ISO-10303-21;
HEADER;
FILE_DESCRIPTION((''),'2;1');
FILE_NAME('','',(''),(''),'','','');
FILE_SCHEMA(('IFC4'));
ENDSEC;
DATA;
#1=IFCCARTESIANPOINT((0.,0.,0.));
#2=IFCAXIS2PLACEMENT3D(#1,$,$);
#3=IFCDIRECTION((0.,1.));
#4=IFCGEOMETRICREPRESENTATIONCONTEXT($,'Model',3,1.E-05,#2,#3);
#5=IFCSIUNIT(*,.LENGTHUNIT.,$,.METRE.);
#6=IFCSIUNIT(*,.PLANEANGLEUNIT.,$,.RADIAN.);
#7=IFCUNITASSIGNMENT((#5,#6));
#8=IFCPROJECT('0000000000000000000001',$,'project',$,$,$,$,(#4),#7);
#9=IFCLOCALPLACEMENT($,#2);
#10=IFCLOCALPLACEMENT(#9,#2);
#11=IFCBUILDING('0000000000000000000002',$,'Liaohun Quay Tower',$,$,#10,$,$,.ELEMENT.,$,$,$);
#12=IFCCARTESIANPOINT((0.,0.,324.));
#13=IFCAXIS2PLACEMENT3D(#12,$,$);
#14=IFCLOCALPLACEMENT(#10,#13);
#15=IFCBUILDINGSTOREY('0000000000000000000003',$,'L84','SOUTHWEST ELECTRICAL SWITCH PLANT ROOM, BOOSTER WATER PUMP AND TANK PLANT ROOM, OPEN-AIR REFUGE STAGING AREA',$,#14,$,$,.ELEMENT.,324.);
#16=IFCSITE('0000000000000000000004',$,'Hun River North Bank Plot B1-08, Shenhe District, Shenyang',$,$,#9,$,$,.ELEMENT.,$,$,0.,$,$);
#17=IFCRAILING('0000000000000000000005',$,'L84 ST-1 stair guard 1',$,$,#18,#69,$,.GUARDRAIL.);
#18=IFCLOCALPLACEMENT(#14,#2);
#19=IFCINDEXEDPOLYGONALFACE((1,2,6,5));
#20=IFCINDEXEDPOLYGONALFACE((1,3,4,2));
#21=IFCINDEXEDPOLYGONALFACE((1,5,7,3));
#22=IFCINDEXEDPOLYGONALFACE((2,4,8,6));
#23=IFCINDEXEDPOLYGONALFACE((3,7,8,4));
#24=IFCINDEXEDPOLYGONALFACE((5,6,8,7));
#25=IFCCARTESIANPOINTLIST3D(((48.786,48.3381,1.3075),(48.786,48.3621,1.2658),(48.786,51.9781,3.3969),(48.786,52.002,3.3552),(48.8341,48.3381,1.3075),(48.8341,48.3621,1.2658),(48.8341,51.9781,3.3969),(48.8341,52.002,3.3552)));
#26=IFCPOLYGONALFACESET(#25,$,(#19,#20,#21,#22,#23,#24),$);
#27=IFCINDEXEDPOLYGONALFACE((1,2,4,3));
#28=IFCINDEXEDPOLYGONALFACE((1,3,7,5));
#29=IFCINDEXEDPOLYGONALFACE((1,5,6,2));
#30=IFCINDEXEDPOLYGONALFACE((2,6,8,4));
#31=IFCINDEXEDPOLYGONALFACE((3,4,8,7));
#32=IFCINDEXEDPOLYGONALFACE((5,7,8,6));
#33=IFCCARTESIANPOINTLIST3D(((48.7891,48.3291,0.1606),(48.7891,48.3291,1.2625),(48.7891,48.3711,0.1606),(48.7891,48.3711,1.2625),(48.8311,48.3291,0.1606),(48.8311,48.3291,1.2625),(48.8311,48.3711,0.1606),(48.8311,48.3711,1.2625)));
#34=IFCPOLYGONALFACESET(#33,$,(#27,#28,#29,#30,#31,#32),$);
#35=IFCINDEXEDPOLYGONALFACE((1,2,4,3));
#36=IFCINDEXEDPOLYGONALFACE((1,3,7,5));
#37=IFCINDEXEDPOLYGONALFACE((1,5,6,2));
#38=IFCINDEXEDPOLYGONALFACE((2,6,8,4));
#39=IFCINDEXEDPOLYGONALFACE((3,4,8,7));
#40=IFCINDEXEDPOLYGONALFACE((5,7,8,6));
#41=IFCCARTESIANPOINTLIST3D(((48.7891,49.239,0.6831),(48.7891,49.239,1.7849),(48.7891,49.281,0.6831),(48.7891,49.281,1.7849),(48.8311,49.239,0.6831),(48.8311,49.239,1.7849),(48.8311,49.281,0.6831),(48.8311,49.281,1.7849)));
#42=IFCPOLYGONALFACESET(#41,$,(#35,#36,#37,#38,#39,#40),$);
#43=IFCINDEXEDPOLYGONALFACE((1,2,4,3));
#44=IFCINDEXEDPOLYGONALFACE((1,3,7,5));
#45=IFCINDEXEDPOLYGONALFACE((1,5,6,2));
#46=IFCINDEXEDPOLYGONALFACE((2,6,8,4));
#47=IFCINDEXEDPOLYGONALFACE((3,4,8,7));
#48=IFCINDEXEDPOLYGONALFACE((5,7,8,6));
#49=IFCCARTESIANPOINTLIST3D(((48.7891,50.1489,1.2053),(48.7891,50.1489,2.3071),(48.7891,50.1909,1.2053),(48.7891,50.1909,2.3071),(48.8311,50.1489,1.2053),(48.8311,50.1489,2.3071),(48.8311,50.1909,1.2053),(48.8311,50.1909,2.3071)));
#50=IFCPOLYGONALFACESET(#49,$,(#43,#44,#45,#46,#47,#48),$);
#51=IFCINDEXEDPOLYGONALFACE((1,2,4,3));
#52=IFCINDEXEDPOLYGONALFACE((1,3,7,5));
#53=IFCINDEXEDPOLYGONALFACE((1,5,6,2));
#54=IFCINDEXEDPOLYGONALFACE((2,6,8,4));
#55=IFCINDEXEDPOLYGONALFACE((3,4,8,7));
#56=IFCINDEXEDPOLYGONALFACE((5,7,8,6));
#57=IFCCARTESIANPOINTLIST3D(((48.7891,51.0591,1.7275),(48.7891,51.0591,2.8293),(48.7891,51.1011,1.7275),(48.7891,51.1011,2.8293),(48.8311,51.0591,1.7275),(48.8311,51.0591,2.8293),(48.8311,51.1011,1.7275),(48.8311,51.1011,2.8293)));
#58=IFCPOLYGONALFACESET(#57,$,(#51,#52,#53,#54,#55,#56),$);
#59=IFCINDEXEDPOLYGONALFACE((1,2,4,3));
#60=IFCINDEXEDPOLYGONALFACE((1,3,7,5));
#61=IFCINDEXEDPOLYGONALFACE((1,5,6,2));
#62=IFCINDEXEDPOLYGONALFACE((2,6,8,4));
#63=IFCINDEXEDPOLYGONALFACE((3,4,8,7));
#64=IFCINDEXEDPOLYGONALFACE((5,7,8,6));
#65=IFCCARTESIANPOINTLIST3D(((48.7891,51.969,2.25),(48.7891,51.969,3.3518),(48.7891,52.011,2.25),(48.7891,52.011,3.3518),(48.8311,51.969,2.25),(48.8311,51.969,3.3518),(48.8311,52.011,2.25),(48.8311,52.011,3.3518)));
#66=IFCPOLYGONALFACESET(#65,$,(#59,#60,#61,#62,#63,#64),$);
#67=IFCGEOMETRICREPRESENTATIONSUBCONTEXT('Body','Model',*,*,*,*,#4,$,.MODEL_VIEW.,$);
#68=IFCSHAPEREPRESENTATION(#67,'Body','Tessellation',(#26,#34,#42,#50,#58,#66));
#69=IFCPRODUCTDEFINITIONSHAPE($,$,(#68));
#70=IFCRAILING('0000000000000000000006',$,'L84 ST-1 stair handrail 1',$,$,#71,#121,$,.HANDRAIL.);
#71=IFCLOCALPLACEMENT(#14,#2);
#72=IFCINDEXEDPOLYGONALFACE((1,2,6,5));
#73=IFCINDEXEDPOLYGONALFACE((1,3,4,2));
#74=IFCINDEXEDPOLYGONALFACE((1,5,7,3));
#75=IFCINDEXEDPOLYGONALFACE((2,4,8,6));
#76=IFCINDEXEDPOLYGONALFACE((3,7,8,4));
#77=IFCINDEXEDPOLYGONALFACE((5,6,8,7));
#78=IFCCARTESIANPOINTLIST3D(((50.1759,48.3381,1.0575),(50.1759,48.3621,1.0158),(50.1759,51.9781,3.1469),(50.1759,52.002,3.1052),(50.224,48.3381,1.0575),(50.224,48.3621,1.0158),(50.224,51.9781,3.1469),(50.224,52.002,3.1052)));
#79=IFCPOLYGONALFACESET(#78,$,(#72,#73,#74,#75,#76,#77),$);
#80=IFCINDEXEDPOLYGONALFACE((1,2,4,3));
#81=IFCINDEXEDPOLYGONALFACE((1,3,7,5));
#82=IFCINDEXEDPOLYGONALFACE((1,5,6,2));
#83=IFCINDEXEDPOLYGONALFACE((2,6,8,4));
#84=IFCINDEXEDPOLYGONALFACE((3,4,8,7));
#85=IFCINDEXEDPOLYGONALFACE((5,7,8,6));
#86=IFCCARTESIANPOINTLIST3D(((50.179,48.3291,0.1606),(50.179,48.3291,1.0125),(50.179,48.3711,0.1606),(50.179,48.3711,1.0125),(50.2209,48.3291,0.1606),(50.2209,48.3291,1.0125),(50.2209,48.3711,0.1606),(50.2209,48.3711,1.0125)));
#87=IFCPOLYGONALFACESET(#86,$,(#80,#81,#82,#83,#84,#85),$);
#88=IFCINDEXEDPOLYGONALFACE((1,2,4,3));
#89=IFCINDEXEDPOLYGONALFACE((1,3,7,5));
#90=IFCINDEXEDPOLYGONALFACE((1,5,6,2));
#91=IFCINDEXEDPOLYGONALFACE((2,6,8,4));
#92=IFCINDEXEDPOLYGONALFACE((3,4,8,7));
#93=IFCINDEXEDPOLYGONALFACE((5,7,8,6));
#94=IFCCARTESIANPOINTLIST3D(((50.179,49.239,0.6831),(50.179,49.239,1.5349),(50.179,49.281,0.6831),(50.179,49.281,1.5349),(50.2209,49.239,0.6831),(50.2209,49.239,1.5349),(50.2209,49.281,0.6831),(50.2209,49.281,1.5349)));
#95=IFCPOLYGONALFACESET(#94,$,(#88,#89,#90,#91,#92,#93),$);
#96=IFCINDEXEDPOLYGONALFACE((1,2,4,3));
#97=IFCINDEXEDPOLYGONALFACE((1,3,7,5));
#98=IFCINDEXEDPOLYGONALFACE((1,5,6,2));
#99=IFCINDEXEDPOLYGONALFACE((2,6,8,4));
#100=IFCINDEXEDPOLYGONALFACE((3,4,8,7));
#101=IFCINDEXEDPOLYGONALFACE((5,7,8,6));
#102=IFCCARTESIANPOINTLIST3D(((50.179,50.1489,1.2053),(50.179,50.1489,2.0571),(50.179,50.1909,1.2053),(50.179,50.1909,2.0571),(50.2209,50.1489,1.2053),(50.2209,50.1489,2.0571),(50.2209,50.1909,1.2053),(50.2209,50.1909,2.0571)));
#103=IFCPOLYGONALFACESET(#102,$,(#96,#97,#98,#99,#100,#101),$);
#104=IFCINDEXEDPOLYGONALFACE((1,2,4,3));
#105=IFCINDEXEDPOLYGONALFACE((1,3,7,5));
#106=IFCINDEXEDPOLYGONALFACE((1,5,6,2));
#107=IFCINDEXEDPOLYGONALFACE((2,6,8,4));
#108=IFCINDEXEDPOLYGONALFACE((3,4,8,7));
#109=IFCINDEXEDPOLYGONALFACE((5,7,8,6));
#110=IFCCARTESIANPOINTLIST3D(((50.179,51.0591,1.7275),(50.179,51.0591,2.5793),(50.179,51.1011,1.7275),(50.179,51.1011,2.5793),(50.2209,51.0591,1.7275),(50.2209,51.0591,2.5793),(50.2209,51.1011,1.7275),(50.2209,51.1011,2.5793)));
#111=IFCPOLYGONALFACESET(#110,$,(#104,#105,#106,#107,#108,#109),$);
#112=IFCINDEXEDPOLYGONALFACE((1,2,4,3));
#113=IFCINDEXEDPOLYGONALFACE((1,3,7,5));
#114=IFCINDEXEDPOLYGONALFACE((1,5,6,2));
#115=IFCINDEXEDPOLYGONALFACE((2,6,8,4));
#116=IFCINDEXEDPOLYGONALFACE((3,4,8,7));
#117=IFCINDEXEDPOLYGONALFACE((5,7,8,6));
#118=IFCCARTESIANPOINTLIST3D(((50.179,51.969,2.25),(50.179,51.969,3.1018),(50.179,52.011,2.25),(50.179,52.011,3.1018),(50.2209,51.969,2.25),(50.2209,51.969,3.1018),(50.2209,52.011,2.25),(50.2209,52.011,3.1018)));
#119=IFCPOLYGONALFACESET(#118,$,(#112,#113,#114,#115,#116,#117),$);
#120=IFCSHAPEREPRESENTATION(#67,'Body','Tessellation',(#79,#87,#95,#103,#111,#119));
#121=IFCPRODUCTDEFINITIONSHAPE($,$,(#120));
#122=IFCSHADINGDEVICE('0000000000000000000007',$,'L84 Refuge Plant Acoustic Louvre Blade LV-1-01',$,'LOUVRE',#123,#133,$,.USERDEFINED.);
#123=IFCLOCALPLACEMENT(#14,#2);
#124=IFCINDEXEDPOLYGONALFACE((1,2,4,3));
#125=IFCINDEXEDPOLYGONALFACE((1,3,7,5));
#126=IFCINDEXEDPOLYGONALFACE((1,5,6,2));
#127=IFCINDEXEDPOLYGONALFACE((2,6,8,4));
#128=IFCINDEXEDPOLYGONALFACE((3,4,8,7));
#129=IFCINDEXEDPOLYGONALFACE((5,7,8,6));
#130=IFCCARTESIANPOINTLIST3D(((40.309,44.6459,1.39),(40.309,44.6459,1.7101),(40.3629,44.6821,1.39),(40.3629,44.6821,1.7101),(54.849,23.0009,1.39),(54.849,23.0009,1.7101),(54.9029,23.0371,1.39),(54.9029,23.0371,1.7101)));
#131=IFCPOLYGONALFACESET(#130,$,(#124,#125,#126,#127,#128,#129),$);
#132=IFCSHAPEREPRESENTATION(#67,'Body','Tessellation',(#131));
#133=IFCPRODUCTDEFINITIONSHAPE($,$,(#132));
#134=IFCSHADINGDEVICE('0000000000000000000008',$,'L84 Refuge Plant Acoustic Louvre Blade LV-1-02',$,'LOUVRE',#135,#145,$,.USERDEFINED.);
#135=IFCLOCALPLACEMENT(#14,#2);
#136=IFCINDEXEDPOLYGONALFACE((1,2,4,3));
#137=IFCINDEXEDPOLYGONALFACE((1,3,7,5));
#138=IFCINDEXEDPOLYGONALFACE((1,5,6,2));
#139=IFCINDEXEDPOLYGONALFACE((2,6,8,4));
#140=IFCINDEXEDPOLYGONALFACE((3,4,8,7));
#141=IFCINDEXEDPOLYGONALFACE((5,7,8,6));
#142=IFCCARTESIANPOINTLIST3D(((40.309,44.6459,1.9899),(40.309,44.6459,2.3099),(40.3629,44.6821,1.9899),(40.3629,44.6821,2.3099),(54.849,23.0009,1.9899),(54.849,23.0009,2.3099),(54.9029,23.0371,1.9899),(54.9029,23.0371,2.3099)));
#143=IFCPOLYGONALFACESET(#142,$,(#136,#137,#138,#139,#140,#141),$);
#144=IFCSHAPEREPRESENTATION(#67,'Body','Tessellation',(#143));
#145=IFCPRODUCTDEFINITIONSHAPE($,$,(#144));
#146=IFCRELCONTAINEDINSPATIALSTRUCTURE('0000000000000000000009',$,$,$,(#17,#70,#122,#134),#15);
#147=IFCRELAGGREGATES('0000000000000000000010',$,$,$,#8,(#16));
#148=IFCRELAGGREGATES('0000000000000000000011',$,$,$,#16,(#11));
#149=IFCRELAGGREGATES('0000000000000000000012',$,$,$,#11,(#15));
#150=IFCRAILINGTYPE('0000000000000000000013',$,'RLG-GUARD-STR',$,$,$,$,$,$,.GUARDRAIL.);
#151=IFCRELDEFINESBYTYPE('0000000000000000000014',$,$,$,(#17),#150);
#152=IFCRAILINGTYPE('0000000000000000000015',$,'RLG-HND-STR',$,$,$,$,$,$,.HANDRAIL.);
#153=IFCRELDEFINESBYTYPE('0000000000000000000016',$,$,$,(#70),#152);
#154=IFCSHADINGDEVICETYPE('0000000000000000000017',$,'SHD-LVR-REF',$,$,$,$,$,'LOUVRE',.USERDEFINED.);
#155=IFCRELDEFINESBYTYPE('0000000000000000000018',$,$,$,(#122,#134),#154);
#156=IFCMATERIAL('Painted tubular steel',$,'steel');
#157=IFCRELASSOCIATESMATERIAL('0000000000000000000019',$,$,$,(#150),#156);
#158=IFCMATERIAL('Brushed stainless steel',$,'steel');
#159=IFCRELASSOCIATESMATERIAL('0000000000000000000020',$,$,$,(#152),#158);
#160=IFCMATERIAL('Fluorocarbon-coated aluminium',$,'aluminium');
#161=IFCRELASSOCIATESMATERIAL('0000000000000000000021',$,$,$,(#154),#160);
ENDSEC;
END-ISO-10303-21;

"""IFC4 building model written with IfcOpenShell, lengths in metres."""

from ifc_helpers import new_model, si_unit, direction, frame, origin, origin_2d, place, context, subcontext, project, spatial, rectangle, extrude, source, transform, mapped, material, material_profile, profile_set, type_object, element, save


model = new_model("IFC4")

# Units and contexts
model_context = context("Model", 3, precision=1e-05, world=origin(), true_north=direction((0.0, 1.0)))
body_context = subcontext(model_context, "Body", "Model", "MODEL_VIEW")
ifc_project = project(units=[si_unit("LENGTHUNIT", "METRE"), si_unit("PLANEANGLEUNIT", "RADIAN")], contexts=[model_context])

# Site, building, storey
site_placement = place(None, origin())
site = spatial("IfcSite", under=ifc_project, at=site_placement, Name="Hun River North Bank Plot B1-08, Shenhe District, Shenyang", CompositionType="ELEMENT", RefElevation=0.0)
building_placement = place(site_placement, origin())
building = spatial("IfcBuilding", under=site, at=building_placement, Name="Liaohun Quay Tower", CompositionType="ELEMENT")
storey_placement = place(building_placement, frame((0.0, 0.0, 324.0)))
storey = spatial("IfcBuildingStorey", under=building, at=storey_placement, Name="L84", Description="SOUTHWEST ELECTRICAL SWITCH PLANT ROOM, BOOSTER WATER PUMP AND TANK PLANT ROOM, OPEN-AIR REFUGE STAGING AREA", CompositionType="ELEMENT", Elevation=324.0)

# Railings
ifc_material_1 = material(Name="Painted tubular steel", Category="steel")
railing_type_1 = type_object("IfcRailingType", Name="RLG-GUARD-STR", PredefinedType="GUARDRAIL", material=ifc_material_1)
railing_1_placement = place(storey_placement, frame((48.8101, 48.3501, 0.1606)))
element("IfcRailing", 1, at=railing_1_placement, inside=storey, type_object=railing_type_1, Name="L84 ST-1 stair guard 1", PredefinedType="GUARDRAIL", context=body_context, shape_type="SweptSolid", body=[
    extrude(rectangle(XDim=0.0481, YDim=0.0481, at=origin_2d()), frame((0.0, 0.0, 1.126), z_axis=(0.0, 0.867275, 0.497829), x_axis=(-1.0, 0.0, 0.0)), (0.0, 0.0, 1.0), 4.197),
    extrude(rectangle(XDim=0.042, YDim=0.042, at=origin_2d()), origin(), (0.0, 0.0, 1.0), 1.1018),
    extrude(rectangle(XDim=0.042, YDim=0.042, at=origin_2d()), frame((0.0, 0.9099, 0.5225)), (0.0, 0.0, 1.0), 1.1018),
    extrude(rectangle(XDim=0.042, YDim=0.042, at=origin_2d()), frame((0.0, 1.8198, 1.0447)), (0.0, 0.0, 1.0), 1.1018),
    extrude(rectangle(XDim=0.042, YDim=0.042, at=origin_2d()), frame((0.0, 2.73, 1.5669)), (0.0, 0.0, 1.0), 1.1018),
    extrude(rectangle(XDim=0.042, YDim=0.042, at=origin_2d()), frame((0.0, 3.6399, 2.0894)), (0.0, 0.0, 1.0), 1.1018),
])
ifc_material_2 = material(Name="Brushed stainless steel", Category="steel")
railing_type_2 = type_object("IfcRailingType", Name="RLG-HND-STR", PredefinedType="HANDRAIL", material=ifc_material_2)
railing_2_placement = place(storey_placement, frame((50.2, 48.3501, 0.1606)))
element("IfcRailing", 2, at=railing_2_placement, inside=storey, type_object=railing_type_2, Name="L84 ST-1 stair handrail 1", PredefinedType="HANDRAIL", context=body_context, shape_type="SweptSolid", body=[
    extrude(rectangle(XDim=0.0481, YDim=0.0481, at=origin_2d()), frame((0.0, 0.0, 0.876), z_axis=(0.0, 0.867275, 0.497829), x_axis=(-1.0, 0.0, 0.0)), (0.0, 0.0, 1.0), 4.197),
    extrude(rectangle(XDim=0.042, YDim=0.042, at=origin_2d()), origin(), (0.0, 0.0, 1.0), 0.8518),
    extrude(rectangle(XDim=0.042, YDim=0.042, at=origin_2d()), frame((0.0, 0.9099, 0.5225)), (0.0, 0.0, 1.0), 0.8518),
    extrude(rectangle(XDim=0.042, YDim=0.042, at=origin_2d()), frame((0.0, 1.8198, 1.0447)), (0.0, 0.0, 1.0), 0.8518),
    extrude(rectangle(XDim=0.042, YDim=0.042, at=origin_2d()), frame((0.0, 2.73, 1.5669)), (0.0, 0.0, 1.0), 0.8518),
    extrude(rectangle(XDim=0.042, YDim=0.042, at=origin_2d()), frame((0.0, 3.6399, 2.0894)), (0.0, 0.0, 1.0), 0.8518),
])

# Shading devices
ifc_material_3 = material(Name="Fluorocarbon-coated aluminium", Category="aluminium")
ifc_material_profile_1 = material_profile(ifc_material_3, rectangle(XDim=0.0649, YDim=0.3201, at=origin_2d()), Name="ALU-LVR-320x65")
ifc_profile_set_1 = profile_set([ifc_material_profile_1], Name="Fluorocarbon-coated aluminium")
shading_device_type = type_object("IfcShadingDeviceType", Name="SHD-LVR-REF", ElementType="LOUVRE", PredefinedType="USERDEFINED", material=ifc_profile_set_1)
shared_shape_1 = source(origin(), body_context, "Body", "SweptSolid", [
    extrude(rectangle(XDim=0.0649, YDim=0.3201, at=origin_2d()), origin(), (0.0, 0.0, 1.0), 26.0752),
])
for number, where, z_axis, x_axis, name in (
    (3, (54.876, 23.019, 1.55), (-0.557618, 0.830098, 0.0), (-0.830098, -0.557618, 0.0), "L84 Refuge Plant Acoustic Louvre Blade LV-1-01"),
    (4, (54.876, 23.019, 2.1499), (-0.557618, 0.830098, 0.0), (-0.830098, -0.557618, 0.0), "L84 Refuge Plant Acoustic Louvre Blade LV-1-02"),
):
    element("IfcShadingDevice", number, at=place(storey_placement, frame(where, z_axis=z_axis, x_axis=x_axis)), inside=storey, type_object=shading_device_type, Name=name, ObjectType="LOUVRE", PredefinedType="USERDEFINED", context=body_context, shape_type="MappedRepresentation", body=[
        mapped(shared_shape_1, transform((0.0, 0.0, 0.0), x_axis=(1.0, 0.0, 0.0), y_axis=(0.0, 1.0, 0.0), z_axis=(0.0, 0.0, 1.0), scale=1.0)),
    ])

save(model, "model.ifc")
